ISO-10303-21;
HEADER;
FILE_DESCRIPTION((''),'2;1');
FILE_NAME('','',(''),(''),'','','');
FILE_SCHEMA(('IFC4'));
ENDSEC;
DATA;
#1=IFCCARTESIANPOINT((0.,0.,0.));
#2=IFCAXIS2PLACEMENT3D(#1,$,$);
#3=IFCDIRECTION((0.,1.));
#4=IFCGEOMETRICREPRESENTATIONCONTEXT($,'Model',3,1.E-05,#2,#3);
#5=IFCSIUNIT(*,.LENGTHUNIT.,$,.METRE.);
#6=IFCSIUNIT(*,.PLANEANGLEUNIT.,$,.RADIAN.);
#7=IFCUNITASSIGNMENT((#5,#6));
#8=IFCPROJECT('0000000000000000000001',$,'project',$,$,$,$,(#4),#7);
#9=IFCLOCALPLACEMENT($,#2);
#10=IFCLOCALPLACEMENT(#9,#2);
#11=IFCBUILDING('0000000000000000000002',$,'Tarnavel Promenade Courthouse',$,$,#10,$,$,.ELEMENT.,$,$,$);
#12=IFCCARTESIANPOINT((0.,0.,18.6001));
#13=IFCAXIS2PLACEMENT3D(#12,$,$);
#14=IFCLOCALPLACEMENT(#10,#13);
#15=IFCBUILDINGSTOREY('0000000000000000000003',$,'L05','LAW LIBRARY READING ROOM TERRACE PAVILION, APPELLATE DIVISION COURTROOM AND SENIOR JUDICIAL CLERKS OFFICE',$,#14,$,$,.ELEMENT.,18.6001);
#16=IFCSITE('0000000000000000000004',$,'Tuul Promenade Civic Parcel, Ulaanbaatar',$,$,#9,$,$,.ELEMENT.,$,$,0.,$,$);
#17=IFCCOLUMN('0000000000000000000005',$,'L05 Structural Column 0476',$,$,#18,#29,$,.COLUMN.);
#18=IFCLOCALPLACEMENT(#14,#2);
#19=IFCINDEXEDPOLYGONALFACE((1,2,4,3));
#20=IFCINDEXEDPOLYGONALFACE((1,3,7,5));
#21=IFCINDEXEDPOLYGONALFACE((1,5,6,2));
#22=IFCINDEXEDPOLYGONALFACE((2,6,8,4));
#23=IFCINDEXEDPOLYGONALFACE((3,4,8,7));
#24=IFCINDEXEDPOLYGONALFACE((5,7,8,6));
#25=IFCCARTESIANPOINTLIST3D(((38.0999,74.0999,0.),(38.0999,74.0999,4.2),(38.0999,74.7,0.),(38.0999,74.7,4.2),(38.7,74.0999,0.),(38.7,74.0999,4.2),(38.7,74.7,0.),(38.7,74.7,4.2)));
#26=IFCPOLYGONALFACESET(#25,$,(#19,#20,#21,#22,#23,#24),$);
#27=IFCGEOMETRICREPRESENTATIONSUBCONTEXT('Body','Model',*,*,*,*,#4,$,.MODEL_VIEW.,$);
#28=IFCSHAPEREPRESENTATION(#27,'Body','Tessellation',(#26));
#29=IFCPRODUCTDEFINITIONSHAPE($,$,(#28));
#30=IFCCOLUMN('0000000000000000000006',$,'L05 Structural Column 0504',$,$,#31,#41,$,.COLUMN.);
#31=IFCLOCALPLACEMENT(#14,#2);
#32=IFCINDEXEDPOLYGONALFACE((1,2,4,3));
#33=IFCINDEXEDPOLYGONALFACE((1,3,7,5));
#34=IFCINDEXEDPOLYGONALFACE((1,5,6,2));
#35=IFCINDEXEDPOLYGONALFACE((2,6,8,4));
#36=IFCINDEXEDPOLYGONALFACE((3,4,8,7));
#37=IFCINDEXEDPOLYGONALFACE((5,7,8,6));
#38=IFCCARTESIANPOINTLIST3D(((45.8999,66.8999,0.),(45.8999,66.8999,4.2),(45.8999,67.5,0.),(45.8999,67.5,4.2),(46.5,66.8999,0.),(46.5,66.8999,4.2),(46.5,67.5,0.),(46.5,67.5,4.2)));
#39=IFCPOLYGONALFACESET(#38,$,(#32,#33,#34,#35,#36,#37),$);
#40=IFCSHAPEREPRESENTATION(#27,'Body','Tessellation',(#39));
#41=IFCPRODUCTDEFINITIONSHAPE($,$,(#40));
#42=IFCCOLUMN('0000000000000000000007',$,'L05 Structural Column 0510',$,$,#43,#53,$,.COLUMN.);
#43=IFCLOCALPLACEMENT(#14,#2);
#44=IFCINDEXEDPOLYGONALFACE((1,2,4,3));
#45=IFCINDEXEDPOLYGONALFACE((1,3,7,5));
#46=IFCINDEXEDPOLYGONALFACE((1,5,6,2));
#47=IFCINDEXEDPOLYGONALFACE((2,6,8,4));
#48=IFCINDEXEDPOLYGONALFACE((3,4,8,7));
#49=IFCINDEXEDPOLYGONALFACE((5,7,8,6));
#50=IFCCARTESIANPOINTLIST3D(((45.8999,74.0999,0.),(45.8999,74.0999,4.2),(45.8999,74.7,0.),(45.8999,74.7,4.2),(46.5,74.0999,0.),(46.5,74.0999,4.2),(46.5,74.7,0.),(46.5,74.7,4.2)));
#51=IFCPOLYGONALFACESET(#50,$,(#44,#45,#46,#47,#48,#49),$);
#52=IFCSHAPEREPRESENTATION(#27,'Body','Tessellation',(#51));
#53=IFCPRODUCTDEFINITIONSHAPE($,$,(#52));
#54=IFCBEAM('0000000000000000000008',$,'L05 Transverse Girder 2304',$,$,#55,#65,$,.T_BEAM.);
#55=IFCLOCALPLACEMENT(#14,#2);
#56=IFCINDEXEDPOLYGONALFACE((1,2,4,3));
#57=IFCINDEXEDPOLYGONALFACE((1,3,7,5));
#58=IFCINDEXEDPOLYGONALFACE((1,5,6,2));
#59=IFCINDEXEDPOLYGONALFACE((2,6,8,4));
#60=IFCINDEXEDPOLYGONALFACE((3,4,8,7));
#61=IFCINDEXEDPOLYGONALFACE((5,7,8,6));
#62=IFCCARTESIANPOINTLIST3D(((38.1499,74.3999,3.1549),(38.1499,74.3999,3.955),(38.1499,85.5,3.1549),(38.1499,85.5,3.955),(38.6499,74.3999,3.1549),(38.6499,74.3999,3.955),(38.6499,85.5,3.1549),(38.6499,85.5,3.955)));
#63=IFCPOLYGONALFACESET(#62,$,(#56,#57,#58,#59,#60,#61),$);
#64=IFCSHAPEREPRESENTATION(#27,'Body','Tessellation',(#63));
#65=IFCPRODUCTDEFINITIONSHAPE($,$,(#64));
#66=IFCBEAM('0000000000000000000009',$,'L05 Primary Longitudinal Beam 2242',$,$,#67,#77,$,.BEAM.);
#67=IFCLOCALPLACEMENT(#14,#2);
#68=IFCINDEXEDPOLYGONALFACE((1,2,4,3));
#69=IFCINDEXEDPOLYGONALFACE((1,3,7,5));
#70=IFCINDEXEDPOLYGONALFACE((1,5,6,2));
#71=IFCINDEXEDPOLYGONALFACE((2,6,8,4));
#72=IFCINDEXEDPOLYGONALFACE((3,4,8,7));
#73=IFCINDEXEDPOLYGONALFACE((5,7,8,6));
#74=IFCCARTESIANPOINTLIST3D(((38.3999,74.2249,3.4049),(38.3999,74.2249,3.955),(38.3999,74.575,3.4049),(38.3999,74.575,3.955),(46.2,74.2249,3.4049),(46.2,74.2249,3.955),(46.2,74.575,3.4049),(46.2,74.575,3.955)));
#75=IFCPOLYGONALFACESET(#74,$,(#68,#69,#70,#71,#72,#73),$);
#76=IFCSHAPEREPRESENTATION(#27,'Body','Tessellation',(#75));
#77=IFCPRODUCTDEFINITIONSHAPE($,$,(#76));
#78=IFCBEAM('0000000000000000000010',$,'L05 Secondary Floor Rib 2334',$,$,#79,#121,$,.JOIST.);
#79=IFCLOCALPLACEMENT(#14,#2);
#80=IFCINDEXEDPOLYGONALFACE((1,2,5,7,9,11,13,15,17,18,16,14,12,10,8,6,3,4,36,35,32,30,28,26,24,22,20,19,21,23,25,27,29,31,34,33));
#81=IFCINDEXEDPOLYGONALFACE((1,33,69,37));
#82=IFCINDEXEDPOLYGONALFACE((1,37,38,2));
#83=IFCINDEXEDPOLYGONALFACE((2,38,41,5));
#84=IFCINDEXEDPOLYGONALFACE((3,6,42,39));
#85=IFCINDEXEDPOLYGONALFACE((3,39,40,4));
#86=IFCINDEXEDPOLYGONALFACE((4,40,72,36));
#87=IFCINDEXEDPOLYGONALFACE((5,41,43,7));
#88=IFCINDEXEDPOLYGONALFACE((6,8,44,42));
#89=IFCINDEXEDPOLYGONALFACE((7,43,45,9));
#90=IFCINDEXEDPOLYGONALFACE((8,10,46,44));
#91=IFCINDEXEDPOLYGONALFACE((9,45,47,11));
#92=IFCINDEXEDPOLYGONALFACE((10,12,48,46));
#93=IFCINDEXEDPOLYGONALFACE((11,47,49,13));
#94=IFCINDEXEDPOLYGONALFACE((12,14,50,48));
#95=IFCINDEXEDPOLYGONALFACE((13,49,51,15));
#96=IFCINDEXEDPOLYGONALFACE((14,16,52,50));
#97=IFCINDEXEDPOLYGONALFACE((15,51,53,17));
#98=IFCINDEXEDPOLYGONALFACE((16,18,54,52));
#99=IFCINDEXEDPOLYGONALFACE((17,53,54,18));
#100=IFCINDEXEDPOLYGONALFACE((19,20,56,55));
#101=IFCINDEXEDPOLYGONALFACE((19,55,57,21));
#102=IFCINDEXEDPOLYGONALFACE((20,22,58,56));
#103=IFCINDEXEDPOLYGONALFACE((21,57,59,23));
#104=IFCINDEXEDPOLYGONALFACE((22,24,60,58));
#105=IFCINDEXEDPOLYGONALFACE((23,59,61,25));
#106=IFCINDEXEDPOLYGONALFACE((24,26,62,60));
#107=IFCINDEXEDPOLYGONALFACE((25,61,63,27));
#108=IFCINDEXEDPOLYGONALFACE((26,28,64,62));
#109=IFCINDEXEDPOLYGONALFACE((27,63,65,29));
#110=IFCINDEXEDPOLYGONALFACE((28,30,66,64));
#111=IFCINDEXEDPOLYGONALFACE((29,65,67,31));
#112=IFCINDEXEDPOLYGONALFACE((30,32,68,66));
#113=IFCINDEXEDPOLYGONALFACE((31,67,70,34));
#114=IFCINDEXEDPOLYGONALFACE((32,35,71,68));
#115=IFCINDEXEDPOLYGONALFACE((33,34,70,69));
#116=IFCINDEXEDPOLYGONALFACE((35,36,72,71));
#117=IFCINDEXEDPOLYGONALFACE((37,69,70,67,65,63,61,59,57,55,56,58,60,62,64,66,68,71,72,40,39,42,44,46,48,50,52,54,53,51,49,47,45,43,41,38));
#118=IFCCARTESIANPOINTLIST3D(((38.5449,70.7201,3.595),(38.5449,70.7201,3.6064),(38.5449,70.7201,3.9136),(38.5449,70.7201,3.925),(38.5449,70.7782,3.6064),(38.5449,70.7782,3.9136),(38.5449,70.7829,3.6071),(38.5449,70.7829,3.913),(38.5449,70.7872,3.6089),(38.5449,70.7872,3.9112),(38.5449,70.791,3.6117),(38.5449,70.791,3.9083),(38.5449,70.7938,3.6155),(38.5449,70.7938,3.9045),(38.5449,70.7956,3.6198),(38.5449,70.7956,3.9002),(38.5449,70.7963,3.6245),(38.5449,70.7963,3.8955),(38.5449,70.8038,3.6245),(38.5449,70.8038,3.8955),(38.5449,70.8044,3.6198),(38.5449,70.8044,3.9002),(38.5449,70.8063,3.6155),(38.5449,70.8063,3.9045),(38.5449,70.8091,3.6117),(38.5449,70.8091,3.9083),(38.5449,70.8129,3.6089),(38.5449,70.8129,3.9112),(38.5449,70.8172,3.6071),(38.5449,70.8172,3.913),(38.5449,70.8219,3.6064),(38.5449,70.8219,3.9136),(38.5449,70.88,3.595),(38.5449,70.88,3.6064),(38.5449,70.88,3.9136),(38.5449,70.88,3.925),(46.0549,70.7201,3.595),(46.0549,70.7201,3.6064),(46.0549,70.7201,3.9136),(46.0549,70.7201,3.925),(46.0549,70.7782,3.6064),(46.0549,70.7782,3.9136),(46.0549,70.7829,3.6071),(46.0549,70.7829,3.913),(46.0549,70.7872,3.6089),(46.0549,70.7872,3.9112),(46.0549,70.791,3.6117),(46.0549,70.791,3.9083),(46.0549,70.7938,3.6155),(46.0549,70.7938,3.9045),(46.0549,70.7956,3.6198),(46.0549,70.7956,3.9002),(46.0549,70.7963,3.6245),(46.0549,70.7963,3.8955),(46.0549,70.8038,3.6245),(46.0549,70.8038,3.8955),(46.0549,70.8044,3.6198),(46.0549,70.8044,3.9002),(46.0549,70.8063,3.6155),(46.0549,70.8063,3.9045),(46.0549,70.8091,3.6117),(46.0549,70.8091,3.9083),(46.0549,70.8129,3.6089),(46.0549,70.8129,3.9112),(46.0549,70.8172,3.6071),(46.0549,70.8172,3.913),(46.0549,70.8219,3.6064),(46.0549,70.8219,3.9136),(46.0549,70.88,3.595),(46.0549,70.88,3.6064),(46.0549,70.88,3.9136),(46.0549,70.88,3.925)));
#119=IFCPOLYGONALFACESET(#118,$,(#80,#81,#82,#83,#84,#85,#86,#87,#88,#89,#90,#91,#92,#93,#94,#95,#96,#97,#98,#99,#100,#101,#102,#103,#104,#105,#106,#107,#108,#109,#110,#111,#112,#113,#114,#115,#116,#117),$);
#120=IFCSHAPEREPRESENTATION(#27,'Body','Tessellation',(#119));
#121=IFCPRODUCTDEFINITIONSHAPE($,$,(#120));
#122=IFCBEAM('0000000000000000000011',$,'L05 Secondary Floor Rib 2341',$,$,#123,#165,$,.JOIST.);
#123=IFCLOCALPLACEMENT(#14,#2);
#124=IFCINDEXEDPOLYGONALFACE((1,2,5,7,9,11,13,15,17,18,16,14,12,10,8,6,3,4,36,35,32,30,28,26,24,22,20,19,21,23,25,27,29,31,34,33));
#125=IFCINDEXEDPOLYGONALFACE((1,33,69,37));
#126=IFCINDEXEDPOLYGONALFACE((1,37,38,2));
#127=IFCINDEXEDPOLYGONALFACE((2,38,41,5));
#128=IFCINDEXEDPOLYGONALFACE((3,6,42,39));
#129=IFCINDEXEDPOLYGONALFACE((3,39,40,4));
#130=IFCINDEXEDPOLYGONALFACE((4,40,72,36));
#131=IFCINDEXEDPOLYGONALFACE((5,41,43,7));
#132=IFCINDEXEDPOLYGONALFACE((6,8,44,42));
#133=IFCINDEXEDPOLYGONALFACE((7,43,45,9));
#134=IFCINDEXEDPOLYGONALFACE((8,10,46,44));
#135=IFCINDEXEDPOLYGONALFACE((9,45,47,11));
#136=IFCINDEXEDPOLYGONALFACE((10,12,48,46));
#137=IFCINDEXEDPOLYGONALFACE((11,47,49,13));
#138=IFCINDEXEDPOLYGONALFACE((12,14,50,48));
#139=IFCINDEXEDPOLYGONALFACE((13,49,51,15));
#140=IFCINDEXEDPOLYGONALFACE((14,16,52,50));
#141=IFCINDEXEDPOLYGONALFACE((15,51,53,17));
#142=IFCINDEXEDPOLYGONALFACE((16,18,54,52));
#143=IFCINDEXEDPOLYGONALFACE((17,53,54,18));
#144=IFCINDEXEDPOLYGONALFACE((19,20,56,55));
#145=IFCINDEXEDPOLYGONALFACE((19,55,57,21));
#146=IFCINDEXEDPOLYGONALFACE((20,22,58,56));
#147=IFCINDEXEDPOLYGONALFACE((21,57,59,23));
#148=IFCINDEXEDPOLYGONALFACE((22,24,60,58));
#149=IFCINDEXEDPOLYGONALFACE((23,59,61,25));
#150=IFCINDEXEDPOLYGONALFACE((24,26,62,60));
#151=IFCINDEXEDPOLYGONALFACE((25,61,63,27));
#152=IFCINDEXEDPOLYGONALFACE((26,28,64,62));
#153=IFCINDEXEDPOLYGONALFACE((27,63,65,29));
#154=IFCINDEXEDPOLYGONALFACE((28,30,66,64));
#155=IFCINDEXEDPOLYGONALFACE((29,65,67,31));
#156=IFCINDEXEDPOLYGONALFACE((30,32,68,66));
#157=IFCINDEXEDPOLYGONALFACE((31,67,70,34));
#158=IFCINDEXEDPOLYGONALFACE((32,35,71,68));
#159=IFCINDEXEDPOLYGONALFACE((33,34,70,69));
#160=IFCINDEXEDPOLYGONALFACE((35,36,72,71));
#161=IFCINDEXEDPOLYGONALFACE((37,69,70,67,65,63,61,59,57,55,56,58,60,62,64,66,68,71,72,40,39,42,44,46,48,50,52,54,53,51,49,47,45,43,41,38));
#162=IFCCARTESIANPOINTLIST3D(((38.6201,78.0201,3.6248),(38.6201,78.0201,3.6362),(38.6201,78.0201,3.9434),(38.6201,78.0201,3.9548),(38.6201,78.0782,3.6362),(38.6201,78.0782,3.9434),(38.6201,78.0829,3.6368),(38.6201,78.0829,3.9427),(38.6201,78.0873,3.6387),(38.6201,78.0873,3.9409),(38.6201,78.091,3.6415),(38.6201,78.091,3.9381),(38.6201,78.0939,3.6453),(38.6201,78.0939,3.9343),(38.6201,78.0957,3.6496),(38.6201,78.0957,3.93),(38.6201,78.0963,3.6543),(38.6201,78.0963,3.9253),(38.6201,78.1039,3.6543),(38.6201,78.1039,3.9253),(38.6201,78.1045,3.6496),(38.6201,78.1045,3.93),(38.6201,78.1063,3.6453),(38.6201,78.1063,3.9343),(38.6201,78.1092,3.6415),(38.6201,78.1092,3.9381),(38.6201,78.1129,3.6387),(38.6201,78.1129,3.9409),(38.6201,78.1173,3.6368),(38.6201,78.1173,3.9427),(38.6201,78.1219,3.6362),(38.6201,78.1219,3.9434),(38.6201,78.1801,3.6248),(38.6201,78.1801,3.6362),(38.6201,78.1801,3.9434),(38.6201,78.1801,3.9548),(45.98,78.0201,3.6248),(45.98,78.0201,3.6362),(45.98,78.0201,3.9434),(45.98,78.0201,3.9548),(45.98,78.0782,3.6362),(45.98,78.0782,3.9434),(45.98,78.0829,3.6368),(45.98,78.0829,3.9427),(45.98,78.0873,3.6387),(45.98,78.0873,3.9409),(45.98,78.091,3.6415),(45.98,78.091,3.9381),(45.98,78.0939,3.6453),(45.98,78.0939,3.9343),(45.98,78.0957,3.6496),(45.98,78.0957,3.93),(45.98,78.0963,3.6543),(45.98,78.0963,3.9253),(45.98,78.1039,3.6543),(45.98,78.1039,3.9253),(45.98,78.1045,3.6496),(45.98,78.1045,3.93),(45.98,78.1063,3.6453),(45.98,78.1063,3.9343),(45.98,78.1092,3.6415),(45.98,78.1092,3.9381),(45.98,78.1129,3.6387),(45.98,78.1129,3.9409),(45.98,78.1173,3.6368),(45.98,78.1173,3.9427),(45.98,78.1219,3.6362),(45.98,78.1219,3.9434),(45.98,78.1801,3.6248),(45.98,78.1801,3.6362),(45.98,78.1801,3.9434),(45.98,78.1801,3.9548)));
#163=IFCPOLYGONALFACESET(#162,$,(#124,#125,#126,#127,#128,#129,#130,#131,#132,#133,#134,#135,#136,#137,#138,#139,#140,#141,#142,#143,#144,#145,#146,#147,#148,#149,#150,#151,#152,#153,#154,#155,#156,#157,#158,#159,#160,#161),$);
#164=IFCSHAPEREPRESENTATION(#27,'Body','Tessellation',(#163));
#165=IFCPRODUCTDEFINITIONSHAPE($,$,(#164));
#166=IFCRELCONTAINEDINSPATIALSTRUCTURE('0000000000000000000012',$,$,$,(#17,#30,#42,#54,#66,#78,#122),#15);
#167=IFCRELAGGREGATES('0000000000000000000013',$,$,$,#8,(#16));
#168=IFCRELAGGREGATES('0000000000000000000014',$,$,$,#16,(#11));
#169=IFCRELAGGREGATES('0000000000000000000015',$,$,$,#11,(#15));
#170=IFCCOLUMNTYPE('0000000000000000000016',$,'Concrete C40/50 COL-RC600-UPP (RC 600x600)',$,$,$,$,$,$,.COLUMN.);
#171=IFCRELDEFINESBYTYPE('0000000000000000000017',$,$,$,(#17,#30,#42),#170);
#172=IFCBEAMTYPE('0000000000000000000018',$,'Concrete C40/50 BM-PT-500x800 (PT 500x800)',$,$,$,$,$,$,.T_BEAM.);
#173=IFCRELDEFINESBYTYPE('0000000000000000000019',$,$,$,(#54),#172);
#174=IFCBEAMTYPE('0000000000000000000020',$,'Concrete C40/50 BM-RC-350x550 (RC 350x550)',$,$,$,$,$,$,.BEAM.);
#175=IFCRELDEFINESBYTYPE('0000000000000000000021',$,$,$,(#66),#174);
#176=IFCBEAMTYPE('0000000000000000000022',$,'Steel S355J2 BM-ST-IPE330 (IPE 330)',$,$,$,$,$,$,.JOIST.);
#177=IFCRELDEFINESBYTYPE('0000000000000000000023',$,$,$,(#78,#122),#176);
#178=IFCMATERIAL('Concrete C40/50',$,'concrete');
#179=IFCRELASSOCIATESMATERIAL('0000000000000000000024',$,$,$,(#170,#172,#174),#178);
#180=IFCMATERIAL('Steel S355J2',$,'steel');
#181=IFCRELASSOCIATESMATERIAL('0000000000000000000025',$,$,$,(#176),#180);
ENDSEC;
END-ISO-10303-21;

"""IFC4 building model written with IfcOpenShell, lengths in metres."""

from ifc_helpers import new_model, si_unit, direction, frame, origin, origin_2d, place, context, subcontext, project, spatial, rectangle, i_section, extrude, material, material_profile, profile_set, type_object, element, save


model = new_model("IFC4")

# Units and contexts
model_context = context("Model", 3, precision=1e-05, world=origin(), true_north=direction((0.0, 1.0)))
body_context = subcontext(model_context, "Body", "Model", "MODEL_VIEW")
ifc_project = project(units=[si_unit("LENGTHUNIT", "METRE"), si_unit("PLANEANGLEUNIT", "RADIAN")], contexts=[model_context])

# Site, building, storey
site_placement = place(None, origin())
site = spatial("IfcSite", under=ifc_project, at=site_placement, Name="Tuul Promenade Civic Parcel, Ulaanbaatar", CompositionType="ELEMENT", RefElevation=0.0)
building_placement = place(site_placement, origin())
building = spatial("IfcBuilding", under=site, at=building_placement, Name="Tarnavel Promenade Courthouse", CompositionType="ELEMENT")
storey_placement = place(building_placement, frame((0.0, 0.0, 18.6001)))
storey = spatial("IfcBuildingStorey", under=building, at=storey_placement, Name="L05", Description="LAW LIBRARY READING ROOM TERRACE PAVILION, APPELLATE DIVISION COURTROOM AND SENIOR JUDICIAL CLERKS OFFICE", CompositionType="ELEMENT", Elevation=18.6001)

# Columns
ifc_material_1 = material(Name="Concrete C40/50", Category="concrete")
ifc_material_profile_1 = material_profile(ifc_material_1, rectangle(XDim=0.6001, YDim=0.6001, at=origin_2d()), Name="RC 600x600")
ifc_profile_set_1 = profile_set([ifc_material_profile_1], Name="Concrete C40/50")
column_type = type_object("IfcColumnType", Name="Concrete C40/50 COL-RC600-UPP (RC 600x600)", PredefinedType="COLUMN", material=ifc_profile_set_1)
for number, where, z_axis, x_axis, name in (
    (1, (38.3999, 74.3999, 0.0), (0.0, 0.0, 1.0), (1.0, 0.0, 0.0), "L05 Structural Column 0476"),
    (2, (46.2, 67.2, 0.0), (0.0, 0.0, 1.0), (1.0, 0.0, 0.0), "L05 Structural Column 0504"),
    (3, (46.2, 74.3999, 0.0), (0.0, 0.0, 1.0), (1.0, 0.0, 0.0), "L05 Structural Column 0510"),
):
    element("IfcColumn", number, at=place(storey_placement, frame(where, z_axis=z_axis, x_axis=x_axis)), inside=storey, type_object=column_type, Name=name, PredefinedType="COLUMN", context=body_context, shape_type="SweptSolid", body=[
        extrude(rectangle(XDim=0.6001, YDim=0.6001, at=origin_2d()), origin(), (0.0, 0.0, 1.0), 4.2),
    ])

# Beams
ifc_material_profile_2 = material_profile(ifc_material_1, rectangle(XDim=0.5, YDim=0.8, at=origin_2d()), Name="PT 500x800")
ifc_profile_set_2 = profile_set([ifc_material_profile_2], Name="Concrete C40/50")
beam_type_1 = type_object("IfcBeamType", Name="Concrete C40/50 BM-PT-500x800 (PT 500x800)", PredefinedType="T_BEAM", material=ifc_profile_set_2)
beam_1_placement = place(storey_placement, frame((38.3999, 74.3999, 3.5549), z_axis=(0.0, 1.0, 0.0), x_axis=(-1.0, 0.0, 0.0)))
element("IfcBeam", 4, at=beam_1_placement, inside=storey, type_object=beam_type_1, Name="L05 Transverse Girder 2304", PredefinedType="T_BEAM", context=body_context, shape_type="SweptSolid", body=[
    extrude(rectangle(XDim=0.5, YDim=0.8, at=origin_2d()), origin(), (0.0, 0.0, 1.0), 11.1001),
])
ifc_material_profile_3 = material_profile(ifc_material_1, rectangle(XDim=0.3501, YDim=0.55, at=origin_2d()), Name="RC 350x550")
ifc_profile_set_3 = profile_set([ifc_material_profile_3], Name="Concrete C40/50")
beam_type_2 = type_object("IfcBeamType", Name="Concrete C40/50 BM-RC-350x550 (RC 350x550)", PredefinedType="BEAM", material=ifc_profile_set_3)
beam_2_placement = place(storey_placement, frame((38.3999, 74.3999, 3.6799), z_axis=(1.0, 0.0, 0.0), x_axis=(0.0, 1.0, 0.0)))
element("IfcBeam", 5, at=beam_2_placement, inside=storey, type_object=beam_type_2, Name="L05 Primary Longitudinal Beam 2242", PredefinedType="BEAM", context=body_context, shape_type="SweptSolid", body=[
    extrude(rectangle(XDim=0.3501, YDim=0.55, at=origin_2d()), origin(), (0.0, 0.0, 1.0), 7.8),
])
ifc_material_2 = material(Name="Steel S355J2", Category="steel")
ifc_material_profile_4 = material_profile(ifc_material_2, i_section(OverallWidth=0.1599, OverallDepth=0.3301, WebThickness=0.0076, FlangeThickness=0.0115, FilletRadius=0.0181, at=origin_2d()), Name="IPE 330")
ifc_profile_set_4 = profile_set([ifc_material_profile_4], Name="Steel S355J2")
beam_type_3 = type_object("IfcBeamType", Name="Steel S355J2 BM-ST-IPE330 (IPE 330)", PredefinedType="JOIST", material=ifc_profile_set_4)
beam_3_placement = place(storey_placement, frame((38.5449, 70.8, 3.76), z_axis=(1.0, 0.0, 0.0), x_axis=(0.0, 1.0, 0.0)))
element("IfcBeam", 6, at=beam_3_placement, inside=storey, type_object=beam_type_3, Name="L05 Secondary Floor Rib 2334", PredefinedType="JOIST", context=body_context, shape_type="SweptSolid", body=[
    extrude(i_section(OverallWidth=0.1599, OverallDepth=0.3301, WebThickness=0.0076, FlangeThickness=0.0115, FilletRadius=0.0181, at=origin_2d()), origin(), (0.0, 0.0, 1.0), 7.51),
])
beam_4_placement = place(storey_placement, frame((38.6201, 78.1001, 3.7898), z_axis=(1.0, 0.0, 0.0), x_axis=(0.0, 1.0, 0.0)))
element("IfcBeam", 7, at=beam_4_placement, inside=storey, type_object=beam_type_3, Name="L05 Secondary Floor Rib 2341", PredefinedType="JOIST", context=body_context, shape_type="SweptSolid", body=[
    extrude(i_section(OverallWidth=0.1599, OverallDepth=0.3301, WebThickness=0.0076, FlangeThickness=0.0115, FilletRadius=0.0181, at=origin_2d()), origin(), (0.0, 0.0, 1.0), 7.3599),
])

save(model, "model.ifc")
